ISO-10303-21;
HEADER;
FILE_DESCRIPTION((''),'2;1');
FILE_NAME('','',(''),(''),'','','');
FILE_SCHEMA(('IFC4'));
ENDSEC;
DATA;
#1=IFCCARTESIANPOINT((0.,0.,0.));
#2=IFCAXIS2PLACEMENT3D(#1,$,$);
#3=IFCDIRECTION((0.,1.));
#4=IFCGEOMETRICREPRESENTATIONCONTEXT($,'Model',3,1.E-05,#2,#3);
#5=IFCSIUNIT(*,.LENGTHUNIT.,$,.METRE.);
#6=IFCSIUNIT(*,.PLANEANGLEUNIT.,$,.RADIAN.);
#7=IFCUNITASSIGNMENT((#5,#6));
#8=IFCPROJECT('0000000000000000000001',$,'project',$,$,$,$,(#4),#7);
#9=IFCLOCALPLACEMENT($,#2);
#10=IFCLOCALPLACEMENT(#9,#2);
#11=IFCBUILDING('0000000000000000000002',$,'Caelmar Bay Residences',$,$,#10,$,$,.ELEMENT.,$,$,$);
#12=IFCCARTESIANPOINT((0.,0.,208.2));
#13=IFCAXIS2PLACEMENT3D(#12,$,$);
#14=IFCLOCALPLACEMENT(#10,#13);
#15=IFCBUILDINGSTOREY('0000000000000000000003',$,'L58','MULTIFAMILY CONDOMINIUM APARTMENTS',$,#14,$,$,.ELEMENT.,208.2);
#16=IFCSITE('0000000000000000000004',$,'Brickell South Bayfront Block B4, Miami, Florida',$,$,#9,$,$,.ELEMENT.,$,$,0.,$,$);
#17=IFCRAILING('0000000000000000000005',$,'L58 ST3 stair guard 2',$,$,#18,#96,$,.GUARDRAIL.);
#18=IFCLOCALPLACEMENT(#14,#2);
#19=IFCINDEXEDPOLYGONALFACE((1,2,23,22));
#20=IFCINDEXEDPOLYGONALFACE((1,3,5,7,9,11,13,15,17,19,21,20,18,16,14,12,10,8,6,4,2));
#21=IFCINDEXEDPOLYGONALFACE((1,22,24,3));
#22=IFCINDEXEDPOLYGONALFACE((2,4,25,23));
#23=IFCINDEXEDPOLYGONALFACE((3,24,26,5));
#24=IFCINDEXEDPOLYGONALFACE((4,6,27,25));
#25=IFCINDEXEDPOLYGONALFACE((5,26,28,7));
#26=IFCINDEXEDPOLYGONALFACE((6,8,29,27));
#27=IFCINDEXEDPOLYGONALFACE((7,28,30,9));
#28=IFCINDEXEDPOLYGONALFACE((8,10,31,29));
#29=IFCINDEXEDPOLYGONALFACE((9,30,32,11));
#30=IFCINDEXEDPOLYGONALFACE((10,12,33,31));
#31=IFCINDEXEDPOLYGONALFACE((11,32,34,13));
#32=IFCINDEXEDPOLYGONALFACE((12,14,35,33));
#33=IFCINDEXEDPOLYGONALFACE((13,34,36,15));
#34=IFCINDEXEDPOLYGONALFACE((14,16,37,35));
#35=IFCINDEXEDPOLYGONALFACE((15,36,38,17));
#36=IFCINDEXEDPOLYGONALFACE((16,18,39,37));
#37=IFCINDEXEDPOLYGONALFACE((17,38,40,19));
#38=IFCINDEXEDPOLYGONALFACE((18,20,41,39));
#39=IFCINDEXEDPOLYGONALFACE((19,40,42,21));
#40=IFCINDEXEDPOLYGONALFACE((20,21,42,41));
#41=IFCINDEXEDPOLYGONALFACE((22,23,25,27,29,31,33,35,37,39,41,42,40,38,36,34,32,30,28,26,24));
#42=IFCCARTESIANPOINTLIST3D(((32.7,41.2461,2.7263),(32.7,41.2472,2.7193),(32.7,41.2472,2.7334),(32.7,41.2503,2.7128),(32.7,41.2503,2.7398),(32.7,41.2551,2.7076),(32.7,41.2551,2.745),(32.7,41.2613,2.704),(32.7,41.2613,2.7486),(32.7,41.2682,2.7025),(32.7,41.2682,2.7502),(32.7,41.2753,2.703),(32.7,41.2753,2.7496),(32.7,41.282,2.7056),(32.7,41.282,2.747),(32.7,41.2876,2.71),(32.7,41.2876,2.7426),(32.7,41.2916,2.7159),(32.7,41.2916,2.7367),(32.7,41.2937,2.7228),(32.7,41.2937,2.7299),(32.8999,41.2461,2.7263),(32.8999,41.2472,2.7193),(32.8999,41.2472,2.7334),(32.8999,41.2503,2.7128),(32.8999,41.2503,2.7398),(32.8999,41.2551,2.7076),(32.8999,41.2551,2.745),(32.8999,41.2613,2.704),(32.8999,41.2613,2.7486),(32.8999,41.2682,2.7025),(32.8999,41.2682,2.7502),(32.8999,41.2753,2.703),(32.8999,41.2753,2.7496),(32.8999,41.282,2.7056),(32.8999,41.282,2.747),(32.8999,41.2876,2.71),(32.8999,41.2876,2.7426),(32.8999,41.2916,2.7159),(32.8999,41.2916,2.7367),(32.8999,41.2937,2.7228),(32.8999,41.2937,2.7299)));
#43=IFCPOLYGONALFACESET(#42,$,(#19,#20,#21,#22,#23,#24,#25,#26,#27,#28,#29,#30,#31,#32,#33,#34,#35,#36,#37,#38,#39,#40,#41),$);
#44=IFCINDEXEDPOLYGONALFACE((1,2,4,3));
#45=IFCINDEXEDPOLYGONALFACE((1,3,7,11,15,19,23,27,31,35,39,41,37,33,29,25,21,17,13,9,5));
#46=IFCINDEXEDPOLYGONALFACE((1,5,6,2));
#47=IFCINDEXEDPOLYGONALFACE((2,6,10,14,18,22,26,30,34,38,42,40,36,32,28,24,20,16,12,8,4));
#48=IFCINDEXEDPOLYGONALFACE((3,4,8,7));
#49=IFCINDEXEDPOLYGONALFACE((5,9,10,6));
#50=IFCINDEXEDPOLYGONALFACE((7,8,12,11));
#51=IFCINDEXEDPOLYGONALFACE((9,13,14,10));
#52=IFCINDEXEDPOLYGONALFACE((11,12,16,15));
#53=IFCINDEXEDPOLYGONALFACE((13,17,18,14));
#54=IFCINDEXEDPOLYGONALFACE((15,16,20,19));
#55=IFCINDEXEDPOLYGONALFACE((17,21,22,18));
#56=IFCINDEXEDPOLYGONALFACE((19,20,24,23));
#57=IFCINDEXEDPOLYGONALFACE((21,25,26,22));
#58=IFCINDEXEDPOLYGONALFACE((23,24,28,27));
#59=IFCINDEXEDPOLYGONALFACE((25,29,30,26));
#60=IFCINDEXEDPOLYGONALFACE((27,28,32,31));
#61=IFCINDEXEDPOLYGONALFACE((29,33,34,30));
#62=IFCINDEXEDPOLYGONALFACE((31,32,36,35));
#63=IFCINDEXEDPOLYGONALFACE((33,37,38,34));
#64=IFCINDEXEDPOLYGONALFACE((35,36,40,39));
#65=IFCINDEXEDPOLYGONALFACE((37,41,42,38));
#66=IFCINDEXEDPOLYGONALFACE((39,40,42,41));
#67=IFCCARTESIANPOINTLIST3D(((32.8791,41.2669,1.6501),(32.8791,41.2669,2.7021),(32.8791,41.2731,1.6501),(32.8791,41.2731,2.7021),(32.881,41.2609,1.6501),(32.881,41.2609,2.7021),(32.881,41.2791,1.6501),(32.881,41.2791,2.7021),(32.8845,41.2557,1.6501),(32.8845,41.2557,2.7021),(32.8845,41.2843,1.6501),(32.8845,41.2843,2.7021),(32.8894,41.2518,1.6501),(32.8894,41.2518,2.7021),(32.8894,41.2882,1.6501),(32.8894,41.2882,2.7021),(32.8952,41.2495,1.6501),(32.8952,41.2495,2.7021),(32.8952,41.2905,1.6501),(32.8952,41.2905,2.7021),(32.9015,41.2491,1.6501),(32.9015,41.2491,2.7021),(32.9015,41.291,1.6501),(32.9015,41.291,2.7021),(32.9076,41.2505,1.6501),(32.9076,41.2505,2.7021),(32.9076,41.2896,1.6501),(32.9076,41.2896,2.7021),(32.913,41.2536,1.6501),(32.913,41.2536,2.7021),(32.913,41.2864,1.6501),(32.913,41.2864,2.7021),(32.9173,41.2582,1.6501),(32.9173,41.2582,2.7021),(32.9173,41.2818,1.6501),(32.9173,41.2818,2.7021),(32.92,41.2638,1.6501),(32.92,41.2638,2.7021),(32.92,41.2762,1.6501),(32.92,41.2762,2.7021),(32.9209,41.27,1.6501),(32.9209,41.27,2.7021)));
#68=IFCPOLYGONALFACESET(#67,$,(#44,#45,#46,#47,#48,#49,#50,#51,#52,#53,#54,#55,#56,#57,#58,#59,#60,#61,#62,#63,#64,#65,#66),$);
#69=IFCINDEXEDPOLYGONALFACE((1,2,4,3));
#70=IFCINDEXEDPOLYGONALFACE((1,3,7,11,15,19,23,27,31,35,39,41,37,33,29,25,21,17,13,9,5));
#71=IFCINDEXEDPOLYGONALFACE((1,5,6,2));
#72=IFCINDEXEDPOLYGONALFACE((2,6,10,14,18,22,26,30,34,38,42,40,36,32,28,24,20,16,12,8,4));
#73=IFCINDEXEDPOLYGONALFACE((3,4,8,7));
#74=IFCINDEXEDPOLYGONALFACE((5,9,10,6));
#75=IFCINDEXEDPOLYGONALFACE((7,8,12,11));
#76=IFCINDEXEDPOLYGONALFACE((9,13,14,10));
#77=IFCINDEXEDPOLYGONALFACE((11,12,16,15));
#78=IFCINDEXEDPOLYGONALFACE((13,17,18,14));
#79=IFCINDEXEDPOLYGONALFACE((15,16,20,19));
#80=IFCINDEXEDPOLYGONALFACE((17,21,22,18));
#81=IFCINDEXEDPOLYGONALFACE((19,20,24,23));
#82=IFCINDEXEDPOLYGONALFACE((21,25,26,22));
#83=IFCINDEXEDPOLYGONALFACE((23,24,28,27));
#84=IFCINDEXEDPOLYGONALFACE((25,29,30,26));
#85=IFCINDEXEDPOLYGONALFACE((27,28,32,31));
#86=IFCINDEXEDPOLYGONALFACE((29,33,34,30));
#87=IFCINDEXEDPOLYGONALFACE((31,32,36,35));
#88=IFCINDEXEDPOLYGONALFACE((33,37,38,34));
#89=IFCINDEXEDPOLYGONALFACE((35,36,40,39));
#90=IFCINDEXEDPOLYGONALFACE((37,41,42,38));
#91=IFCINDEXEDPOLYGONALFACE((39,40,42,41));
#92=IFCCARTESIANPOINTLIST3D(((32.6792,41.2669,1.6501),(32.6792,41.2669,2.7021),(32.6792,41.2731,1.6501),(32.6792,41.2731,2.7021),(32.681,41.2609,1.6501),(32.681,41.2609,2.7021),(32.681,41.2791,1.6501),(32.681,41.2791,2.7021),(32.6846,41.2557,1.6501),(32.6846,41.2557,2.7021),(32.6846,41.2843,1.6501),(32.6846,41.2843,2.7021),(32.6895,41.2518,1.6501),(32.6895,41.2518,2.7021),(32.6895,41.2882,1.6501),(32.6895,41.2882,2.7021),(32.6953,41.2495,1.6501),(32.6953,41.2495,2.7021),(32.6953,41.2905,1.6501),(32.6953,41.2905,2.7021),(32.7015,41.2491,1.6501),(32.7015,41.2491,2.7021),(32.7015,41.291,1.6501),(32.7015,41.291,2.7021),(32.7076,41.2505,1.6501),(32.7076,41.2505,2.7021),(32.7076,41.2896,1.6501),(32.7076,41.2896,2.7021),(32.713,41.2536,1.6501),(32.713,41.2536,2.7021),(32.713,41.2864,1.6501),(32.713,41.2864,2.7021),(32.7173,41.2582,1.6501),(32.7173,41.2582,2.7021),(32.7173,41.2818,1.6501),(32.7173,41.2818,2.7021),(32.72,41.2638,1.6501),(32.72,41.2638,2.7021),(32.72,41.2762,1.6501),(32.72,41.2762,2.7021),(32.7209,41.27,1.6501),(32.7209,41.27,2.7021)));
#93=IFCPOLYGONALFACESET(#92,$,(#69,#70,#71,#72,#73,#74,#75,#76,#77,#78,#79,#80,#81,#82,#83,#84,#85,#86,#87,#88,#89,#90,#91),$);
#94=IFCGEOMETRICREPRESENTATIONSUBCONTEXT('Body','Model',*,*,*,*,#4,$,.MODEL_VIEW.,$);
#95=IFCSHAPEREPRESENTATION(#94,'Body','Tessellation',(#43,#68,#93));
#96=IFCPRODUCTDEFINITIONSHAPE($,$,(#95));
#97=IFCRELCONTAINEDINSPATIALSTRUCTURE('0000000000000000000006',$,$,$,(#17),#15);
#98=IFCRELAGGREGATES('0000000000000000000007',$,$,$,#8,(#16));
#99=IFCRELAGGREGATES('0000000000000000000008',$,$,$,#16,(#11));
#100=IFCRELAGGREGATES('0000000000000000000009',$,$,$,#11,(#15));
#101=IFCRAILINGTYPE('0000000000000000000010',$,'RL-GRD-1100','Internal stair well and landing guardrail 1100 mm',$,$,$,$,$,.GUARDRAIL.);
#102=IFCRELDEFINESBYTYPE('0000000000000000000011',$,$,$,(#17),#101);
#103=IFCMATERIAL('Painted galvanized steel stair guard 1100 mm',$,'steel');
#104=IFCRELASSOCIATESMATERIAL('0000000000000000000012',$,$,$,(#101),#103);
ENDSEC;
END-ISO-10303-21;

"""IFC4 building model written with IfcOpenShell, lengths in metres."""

from ifc_helpers import new_model, si_unit, direction, frame, origin, origin_2d, place, context, subcontext, project, spatial, circle, extrude, material, type_object, element, save


model = new_model("IFC4")

# Units and contexts
model_context = context("Model", 3, precision=1e-05, world=origin(), true_north=direction((0.0, 1.0)))
body_context = subcontext(model_context, "Body", "Model", "MODEL_VIEW")
ifc_project = project(units=[si_unit("LENGTHUNIT", "METRE"), si_unit("PLANEANGLEUNIT", "RADIAN")], contexts=[model_context])

# Site, building, storey
site_placement = place(None, origin())
site = spatial("IfcSite", under=ifc_project, at=site_placement, Name="Brickell South Bayfront Block B4, Miami, Florida", CompositionType="ELEMENT", RefElevation=0.0)
building_placement = place(site_placement, origin())
building = spatial("IfcBuilding", under=site, at=building_placement, Name="Caelmar Bay Residences", CompositionType="ELEMENT")
storey_placement = place(building_placement, frame((0.0, 0.0, 208.2)))
storey = spatial("IfcBuildingStorey", under=building, at=storey_placement, Name="L58", Description="MULTIFAMILY CONDOMINIUM APARTMENTS", CompositionType="ELEMENT", Elevation=208.2)

# Railing
ifc_material_1 = material(Name="Painted galvanized steel stair guard 1100 mm", Category="steel")
railing_type_1 = type_object("IfcRailingType", Name="RL-GRD-1100", Description="Internal stair well and landing guardrail 1100 mm", PredefinedType="GUARDRAIL", material=ifc_material_1)
railing_1_placement = place(storey_placement, frame((32.8999, 41.27, 1.6501)))
element("IfcRailing", 1, at=railing_1_placement, inside=storey, type_object=railing_type_1, Name="L58 ST3 stair guard 2", PredefinedType="GUARDRAIL", context=body_context, shape_type="SweptSolid", body=[
    extrude(circle(Radius=0.0239, at=origin_2d()), frame((0.0, 0.0, 1.0762), z_axis=(-1.0, 0.0, 0.0), x_axis=(0.0, -1.0, 0.0)), (0.0, 0.0, 1.0), 0.2),
    extrude(circle(Radius=0.021, at=origin_2d()), origin(), (0.0, 0.0, 1.0), 1.052),
    extrude(circle(Radius=0.021, at=origin_2d()), frame((-0.2, 0.0, 0.0)), (0.0, 0.0, 1.0), 1.052),
])

save(model, "model.ifc")
